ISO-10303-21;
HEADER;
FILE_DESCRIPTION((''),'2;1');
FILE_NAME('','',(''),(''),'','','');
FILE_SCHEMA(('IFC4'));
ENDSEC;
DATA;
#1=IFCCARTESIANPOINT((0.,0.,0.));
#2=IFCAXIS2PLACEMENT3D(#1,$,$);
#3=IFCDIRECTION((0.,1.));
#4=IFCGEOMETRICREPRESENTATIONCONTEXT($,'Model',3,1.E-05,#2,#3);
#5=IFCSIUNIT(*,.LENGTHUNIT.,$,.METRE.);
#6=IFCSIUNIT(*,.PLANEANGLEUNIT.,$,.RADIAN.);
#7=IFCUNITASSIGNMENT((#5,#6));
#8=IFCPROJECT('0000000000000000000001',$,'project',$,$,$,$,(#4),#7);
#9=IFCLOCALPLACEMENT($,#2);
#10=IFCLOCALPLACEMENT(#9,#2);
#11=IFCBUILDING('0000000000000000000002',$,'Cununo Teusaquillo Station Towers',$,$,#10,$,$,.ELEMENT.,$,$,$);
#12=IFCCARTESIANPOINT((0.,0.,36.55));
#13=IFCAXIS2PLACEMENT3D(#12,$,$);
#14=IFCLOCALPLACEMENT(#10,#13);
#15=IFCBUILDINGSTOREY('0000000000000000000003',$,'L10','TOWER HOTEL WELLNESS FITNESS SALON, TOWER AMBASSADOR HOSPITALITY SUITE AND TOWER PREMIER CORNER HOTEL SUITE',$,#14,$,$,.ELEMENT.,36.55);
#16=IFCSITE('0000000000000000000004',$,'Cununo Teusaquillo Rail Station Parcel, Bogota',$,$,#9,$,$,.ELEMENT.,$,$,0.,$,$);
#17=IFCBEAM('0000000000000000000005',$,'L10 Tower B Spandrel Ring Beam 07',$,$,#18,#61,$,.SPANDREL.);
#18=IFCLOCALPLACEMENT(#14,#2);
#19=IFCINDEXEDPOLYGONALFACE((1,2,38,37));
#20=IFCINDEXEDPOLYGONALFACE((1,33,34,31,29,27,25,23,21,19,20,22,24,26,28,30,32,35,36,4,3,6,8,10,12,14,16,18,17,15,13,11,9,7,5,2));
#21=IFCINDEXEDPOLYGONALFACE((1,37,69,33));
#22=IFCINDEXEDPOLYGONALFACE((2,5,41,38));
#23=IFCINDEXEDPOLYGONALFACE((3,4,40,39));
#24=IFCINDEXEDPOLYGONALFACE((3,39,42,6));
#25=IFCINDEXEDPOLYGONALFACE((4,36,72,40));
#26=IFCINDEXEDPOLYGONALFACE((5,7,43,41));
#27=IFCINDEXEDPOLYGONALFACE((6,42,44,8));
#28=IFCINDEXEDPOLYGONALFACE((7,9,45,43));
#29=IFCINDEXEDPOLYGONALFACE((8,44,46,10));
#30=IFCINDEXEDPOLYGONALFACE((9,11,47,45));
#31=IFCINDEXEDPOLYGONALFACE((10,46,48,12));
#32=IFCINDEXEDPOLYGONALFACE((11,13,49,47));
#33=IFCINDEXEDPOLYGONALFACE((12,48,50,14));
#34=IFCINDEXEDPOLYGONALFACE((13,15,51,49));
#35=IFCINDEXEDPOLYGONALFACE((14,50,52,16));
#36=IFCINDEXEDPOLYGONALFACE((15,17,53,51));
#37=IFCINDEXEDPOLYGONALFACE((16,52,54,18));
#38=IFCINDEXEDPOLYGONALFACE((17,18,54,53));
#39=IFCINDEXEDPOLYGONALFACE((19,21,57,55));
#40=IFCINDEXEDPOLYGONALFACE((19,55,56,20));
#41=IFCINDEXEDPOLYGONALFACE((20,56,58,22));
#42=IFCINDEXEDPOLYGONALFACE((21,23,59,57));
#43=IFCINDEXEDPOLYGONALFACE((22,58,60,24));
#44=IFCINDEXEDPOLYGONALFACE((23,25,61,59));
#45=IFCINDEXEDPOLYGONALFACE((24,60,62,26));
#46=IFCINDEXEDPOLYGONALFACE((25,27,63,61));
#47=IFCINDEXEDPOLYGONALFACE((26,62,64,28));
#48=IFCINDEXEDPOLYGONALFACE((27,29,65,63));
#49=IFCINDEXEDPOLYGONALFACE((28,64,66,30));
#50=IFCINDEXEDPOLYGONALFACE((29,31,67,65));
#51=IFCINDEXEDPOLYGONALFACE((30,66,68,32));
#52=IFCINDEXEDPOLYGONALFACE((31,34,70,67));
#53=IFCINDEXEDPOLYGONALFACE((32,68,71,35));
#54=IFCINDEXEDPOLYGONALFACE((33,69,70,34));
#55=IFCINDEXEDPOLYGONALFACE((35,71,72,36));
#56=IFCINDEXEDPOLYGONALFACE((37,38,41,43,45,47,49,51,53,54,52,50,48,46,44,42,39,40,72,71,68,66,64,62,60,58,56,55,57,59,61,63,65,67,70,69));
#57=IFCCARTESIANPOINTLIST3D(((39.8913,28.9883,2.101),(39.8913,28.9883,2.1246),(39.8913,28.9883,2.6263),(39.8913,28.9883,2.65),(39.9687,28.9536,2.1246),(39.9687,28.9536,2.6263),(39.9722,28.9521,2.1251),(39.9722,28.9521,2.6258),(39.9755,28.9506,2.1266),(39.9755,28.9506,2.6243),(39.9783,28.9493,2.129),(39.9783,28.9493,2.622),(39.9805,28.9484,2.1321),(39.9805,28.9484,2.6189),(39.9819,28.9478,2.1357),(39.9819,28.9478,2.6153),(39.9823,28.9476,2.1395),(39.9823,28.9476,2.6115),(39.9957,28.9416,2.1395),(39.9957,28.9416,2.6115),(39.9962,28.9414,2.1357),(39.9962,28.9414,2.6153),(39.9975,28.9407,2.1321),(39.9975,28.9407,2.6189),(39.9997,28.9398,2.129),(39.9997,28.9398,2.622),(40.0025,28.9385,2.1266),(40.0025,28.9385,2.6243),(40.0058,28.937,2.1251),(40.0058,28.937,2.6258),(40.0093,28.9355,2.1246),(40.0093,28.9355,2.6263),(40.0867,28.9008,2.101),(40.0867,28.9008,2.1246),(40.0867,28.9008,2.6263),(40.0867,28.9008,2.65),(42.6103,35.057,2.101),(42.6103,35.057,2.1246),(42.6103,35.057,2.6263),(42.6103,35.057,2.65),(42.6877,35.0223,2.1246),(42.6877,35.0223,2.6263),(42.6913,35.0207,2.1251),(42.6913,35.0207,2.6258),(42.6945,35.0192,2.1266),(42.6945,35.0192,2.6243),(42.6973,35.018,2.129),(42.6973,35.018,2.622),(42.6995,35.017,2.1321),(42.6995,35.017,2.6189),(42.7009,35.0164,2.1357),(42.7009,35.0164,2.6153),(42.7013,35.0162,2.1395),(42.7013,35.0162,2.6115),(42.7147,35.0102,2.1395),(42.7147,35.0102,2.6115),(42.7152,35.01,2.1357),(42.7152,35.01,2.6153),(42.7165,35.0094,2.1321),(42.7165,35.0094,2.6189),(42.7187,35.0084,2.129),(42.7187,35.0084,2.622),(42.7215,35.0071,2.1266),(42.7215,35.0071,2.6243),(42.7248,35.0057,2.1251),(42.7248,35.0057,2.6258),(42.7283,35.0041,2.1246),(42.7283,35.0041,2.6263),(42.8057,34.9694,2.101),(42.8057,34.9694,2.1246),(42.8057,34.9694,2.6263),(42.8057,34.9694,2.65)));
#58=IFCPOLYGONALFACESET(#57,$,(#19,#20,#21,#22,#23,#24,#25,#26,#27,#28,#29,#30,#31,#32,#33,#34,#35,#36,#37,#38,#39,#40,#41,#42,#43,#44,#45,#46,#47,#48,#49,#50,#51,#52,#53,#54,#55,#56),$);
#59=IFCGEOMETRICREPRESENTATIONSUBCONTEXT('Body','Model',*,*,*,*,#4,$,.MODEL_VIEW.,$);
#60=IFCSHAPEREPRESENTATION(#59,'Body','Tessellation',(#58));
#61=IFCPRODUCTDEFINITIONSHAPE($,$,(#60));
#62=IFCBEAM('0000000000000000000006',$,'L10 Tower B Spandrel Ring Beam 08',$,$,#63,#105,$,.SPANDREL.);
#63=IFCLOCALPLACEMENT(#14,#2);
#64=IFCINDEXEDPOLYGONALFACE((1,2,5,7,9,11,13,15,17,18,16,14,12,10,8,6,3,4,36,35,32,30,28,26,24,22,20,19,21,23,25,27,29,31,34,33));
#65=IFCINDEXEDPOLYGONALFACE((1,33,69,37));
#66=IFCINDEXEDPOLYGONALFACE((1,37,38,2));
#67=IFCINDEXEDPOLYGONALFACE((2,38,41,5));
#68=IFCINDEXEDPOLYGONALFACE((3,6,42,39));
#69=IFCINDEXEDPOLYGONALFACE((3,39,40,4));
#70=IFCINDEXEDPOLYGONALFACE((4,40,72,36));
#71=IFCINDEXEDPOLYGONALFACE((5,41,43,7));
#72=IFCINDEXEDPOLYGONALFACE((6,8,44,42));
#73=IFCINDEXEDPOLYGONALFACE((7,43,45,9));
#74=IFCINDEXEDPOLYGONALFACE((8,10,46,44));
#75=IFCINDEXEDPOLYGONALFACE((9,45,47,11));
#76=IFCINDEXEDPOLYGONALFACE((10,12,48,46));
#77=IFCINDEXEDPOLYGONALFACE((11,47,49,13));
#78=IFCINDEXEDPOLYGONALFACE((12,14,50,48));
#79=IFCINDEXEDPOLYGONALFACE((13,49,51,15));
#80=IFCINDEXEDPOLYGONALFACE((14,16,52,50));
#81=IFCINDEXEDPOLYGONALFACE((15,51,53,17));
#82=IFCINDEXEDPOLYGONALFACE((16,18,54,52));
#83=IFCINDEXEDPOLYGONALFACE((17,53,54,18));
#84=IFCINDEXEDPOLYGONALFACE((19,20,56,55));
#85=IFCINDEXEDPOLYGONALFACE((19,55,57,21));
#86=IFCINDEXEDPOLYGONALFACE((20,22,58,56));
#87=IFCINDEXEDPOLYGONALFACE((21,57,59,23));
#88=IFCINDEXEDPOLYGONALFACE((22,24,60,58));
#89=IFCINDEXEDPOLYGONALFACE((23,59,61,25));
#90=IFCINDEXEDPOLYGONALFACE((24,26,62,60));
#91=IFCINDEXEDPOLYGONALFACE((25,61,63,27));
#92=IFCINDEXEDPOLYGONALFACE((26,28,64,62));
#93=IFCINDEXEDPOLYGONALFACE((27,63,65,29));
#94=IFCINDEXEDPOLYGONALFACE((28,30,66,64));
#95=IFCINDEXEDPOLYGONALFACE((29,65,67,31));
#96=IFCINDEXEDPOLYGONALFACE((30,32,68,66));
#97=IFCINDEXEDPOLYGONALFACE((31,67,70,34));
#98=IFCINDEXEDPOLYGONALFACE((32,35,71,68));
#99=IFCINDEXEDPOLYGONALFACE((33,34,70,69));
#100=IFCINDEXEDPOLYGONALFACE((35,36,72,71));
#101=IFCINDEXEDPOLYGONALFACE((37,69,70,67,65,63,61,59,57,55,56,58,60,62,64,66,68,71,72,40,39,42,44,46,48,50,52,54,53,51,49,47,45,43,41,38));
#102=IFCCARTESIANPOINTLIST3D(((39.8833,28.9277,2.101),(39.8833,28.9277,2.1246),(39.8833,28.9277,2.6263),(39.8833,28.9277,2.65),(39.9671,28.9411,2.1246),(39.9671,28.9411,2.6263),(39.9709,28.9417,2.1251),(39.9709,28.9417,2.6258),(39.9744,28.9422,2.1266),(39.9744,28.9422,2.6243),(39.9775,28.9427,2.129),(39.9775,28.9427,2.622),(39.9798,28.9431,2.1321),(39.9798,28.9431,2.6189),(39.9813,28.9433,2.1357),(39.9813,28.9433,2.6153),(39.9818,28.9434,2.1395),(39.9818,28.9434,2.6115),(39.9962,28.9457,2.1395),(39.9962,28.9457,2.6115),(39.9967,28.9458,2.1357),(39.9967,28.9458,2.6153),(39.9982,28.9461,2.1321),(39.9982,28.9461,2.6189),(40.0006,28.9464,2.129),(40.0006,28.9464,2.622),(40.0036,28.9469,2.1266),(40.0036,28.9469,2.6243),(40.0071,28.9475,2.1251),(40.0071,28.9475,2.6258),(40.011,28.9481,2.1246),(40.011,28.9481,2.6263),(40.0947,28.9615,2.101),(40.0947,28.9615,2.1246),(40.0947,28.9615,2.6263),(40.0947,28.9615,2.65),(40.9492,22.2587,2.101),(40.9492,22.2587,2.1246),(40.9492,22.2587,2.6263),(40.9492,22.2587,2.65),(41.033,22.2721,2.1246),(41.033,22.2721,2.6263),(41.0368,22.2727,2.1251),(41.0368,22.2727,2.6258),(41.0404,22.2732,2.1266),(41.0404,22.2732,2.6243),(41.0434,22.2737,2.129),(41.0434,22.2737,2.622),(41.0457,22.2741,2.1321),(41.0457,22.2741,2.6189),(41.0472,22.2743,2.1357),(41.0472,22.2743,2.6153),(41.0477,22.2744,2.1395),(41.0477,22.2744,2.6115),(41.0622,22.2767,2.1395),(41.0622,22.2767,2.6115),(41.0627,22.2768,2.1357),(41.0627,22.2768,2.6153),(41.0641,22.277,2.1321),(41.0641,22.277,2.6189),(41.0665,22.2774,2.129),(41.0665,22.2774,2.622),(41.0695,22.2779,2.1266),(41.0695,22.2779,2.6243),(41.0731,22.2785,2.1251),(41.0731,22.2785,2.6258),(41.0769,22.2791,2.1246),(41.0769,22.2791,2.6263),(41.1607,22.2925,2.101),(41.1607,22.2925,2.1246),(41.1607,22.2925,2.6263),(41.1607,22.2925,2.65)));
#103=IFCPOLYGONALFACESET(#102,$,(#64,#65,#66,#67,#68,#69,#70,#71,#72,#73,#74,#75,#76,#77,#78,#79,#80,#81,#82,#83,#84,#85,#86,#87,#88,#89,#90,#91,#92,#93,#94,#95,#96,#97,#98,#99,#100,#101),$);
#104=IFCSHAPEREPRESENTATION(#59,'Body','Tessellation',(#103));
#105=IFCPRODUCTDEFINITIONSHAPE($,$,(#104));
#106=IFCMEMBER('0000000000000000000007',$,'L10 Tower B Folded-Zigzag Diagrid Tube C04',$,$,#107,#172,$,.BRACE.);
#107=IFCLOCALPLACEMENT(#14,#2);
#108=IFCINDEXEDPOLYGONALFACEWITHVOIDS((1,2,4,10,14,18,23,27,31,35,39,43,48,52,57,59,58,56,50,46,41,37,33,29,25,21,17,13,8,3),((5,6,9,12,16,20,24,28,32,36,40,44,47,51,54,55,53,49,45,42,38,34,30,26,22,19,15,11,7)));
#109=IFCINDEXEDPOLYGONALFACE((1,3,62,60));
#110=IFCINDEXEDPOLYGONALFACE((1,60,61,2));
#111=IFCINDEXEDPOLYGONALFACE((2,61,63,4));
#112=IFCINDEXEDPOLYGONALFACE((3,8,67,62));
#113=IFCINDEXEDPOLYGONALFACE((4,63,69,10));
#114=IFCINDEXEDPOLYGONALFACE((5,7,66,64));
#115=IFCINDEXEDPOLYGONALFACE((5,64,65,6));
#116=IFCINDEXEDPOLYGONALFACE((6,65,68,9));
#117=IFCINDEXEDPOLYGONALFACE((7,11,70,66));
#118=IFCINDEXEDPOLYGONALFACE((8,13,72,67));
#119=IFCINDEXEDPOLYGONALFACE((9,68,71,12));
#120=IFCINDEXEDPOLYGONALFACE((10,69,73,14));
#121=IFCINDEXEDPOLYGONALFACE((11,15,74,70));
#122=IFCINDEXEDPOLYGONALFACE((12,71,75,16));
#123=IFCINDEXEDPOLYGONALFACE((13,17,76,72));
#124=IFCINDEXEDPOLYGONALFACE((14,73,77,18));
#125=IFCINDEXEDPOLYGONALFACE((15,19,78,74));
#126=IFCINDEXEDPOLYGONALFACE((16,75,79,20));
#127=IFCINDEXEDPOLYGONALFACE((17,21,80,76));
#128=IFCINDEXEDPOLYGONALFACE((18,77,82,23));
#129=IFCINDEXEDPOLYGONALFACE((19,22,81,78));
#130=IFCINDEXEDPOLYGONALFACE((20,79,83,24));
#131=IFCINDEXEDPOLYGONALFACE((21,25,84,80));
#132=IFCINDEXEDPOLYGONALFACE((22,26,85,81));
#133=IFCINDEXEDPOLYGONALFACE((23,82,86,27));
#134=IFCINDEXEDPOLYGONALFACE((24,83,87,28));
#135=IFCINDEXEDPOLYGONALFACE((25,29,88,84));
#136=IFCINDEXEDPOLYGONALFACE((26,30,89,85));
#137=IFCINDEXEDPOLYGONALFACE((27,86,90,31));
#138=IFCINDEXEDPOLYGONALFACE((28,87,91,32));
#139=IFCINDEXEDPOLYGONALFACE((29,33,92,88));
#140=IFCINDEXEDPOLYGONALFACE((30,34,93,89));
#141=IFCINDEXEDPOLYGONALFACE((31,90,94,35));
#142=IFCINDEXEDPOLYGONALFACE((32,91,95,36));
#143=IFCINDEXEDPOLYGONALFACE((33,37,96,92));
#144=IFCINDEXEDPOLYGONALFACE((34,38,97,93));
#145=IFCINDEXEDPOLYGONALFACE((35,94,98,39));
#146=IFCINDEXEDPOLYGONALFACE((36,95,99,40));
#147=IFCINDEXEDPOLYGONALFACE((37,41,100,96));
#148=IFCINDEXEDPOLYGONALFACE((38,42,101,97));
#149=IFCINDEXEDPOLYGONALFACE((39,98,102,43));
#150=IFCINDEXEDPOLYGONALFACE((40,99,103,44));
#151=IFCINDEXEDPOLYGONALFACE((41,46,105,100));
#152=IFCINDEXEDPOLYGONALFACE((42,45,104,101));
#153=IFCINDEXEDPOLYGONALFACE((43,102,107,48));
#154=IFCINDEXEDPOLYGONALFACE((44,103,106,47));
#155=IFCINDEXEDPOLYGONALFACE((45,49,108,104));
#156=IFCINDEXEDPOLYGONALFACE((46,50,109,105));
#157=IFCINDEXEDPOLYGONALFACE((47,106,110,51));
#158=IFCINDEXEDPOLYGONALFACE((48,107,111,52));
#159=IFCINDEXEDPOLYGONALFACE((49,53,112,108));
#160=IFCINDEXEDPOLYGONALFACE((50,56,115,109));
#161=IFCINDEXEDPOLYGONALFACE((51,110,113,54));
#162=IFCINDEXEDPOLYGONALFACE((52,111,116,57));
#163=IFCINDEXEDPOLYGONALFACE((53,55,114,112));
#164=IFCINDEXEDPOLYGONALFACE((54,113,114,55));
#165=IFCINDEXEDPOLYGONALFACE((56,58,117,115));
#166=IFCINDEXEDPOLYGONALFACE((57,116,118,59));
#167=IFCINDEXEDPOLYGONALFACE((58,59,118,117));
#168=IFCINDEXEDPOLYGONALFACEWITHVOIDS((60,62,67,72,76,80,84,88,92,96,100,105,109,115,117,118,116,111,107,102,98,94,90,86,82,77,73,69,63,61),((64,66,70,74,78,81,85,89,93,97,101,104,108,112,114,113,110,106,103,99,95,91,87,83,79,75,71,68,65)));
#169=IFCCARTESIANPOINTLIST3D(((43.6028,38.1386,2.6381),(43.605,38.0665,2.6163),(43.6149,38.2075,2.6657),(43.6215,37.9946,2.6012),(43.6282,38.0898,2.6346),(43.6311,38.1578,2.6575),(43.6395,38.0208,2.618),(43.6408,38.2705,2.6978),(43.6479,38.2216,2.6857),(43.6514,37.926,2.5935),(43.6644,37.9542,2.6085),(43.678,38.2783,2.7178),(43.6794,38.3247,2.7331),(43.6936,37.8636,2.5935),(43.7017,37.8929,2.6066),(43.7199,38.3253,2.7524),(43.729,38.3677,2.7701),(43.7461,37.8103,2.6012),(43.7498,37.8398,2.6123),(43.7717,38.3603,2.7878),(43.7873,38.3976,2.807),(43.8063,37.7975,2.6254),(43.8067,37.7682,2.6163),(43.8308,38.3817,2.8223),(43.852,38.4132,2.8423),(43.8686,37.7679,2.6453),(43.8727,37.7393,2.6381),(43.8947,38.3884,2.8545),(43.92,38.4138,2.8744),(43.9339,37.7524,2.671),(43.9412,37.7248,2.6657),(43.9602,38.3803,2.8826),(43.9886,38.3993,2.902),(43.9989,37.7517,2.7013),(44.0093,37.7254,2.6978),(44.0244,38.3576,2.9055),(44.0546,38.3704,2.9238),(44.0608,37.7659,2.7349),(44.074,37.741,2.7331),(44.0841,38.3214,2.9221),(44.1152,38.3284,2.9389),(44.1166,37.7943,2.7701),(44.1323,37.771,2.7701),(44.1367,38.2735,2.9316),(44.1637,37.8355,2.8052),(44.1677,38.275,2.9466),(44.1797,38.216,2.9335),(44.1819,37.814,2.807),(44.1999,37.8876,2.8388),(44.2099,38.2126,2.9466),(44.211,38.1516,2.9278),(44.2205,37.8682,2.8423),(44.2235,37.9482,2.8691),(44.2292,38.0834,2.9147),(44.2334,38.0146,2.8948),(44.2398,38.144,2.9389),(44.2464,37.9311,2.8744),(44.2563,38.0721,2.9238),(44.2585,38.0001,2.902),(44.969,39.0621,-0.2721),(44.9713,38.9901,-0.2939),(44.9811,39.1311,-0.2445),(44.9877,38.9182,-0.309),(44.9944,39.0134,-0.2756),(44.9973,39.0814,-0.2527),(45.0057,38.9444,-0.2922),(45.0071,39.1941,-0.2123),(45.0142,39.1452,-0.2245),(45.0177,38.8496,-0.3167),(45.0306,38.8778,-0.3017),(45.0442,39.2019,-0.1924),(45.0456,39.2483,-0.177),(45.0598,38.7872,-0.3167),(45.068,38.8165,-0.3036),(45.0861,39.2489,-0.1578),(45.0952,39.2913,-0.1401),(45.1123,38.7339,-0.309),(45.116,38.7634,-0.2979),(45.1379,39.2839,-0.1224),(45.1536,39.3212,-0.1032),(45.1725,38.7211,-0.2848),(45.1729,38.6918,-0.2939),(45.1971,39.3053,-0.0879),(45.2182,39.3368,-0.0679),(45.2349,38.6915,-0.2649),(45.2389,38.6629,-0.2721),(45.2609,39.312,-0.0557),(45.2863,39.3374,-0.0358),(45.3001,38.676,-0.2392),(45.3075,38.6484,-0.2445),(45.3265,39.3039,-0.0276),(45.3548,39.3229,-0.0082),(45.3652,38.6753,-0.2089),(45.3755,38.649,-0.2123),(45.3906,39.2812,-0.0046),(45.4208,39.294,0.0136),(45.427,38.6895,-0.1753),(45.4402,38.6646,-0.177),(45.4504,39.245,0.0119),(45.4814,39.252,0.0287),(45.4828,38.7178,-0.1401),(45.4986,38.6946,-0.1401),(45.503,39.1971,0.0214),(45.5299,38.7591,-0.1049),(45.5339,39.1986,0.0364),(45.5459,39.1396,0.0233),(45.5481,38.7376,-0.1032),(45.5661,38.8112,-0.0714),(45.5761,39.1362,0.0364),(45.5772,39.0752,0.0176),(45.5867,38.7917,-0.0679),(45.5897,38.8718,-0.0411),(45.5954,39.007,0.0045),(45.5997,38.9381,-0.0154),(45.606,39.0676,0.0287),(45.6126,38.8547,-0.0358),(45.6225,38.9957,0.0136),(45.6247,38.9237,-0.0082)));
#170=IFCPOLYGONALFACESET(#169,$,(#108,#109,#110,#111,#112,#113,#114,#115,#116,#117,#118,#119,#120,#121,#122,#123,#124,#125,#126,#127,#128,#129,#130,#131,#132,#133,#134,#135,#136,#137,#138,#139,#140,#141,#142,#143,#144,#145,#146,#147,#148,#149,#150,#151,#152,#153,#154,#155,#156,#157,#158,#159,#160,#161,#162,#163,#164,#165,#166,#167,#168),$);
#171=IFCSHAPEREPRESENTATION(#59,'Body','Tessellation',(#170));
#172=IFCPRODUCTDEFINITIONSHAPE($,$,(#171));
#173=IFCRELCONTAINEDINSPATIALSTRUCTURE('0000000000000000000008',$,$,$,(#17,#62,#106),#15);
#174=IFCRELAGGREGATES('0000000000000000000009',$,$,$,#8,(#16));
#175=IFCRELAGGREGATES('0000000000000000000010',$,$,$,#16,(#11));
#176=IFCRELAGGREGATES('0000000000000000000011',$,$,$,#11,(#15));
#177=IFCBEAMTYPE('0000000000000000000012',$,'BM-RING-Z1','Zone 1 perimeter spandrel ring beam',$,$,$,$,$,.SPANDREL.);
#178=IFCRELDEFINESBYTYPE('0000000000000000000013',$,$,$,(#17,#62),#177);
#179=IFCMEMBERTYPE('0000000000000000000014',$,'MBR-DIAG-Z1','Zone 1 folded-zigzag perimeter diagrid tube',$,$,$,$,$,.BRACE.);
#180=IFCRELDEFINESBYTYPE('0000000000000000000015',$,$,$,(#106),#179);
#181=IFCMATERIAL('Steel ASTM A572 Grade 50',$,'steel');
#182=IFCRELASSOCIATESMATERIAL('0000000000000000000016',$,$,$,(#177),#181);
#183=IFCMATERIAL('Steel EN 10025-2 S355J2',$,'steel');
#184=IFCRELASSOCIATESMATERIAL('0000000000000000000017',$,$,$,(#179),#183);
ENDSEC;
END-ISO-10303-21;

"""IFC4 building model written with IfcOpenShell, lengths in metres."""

from ifc_helpers import new_model, si_unit, direction, frame, origin, origin_2d, place, context, subcontext, project, spatial, hollow_circle, i_section, extrude, material, material_profile, profile_set, type_object, element, save


model = new_model("IFC4")

# Units and contexts
model_context = context("Model", 3, precision=1e-05, world=origin(), true_north=direction((0.0, 1.0)))
body_context = subcontext(model_context, "Body", "Model", "MODEL_VIEW")
ifc_project = project(units=[si_unit("LENGTHUNIT", "METRE"), si_unit("PLANEANGLEUNIT", "RADIAN")], contexts=[model_context])

# Site, building, storey
site_placement = place(None, origin())
site = spatial("IfcSite", under=ifc_project, at=site_placement, Name="Cununo Teusaquillo Rail Station Parcel, Bogota", CompositionType="ELEMENT", RefElevation=0.0)
building_placement = place(site_placement, origin())
building = spatial("IfcBuilding", under=site, at=building_placement, Name="Cununo Teusaquillo Station Towers", CompositionType="ELEMENT")
storey_placement = place(building_placement, frame((0.0, 0.0, 36.55)))
storey = spatial("IfcBuildingStorey", under=building, at=storey_placement, Name="L10", Description="TOWER HOTEL WELLNESS FITNESS SALON, TOWER AMBASSADOR HOSPITALITY SUITE AND TOWER PREMIER CORNER HOTEL SUITE", CompositionType="ELEMENT", Elevation=36.55)

# Beams
ifc_material_1 = material(Name="Steel ASTM A572 Grade 50", Category="steel")
ifc_material_profile_1 = material_profile(ifc_material_1, i_section(OverallWidth=0.2141, OverallDepth=0.5491, WebThickness=0.0146, FlangeThickness=0.0237, FilletRadius=0.0149, at=origin_2d()), Name="W21X93")
ifc_profile_set_1 = profile_set([ifc_material_profile_1], Name="Steel ASTM A572 Grade 50")
beam_type_1 = type_object("IfcBeamType", Name="BM-RING-Z1", Description="Zone 1 perimeter spandrel ring beam", PredefinedType="SPANDREL", material=ifc_profile_set_1)
beam_1_placement = place(storey_placement, frame((42.708, 35.0132, 2.3755), z_axis=(-0.408879, -0.912589, 0.0), x_axis=(0.912589, -0.408879, 0.0)))
element("IfcBeam", 1, at=beam_1_placement, inside=storey, type_object=beam_type_1, Name="L10 Tower B Spandrel Ring Beam 07", PredefinedType="SPANDREL", context=body_context, shape_type="SweptSolid", body=[
    extrude(i_section(OverallWidth=0.2141, OverallDepth=0.5491, WebThickness=0.0146, FlangeThickness=0.0237, FilletRadius=0.0149, at=origin_2d()), origin(), (0.0, 0.0, 1.0), 6.6499),
])
beam_2_placement = place(storey_placement, frame((39.989, 28.9446, 2.3755), z_axis=(0.15783, -0.987466, 0.0), x_axis=(0.987466, 0.15783, 0.0)))
element("IfcBeam", 2, at=beam_2_placement, inside=storey, type_object=beam_type_1, Name="L10 Tower B Spandrel Ring Beam 08", PredefinedType="SPANDREL", context=body_context, shape_type="SweptSolid", body=[
    extrude(i_section(OverallWidth=0.2141, OverallDepth=0.5491, WebThickness=0.0146, FlangeThickness=0.0237, FilletRadius=0.0149, at=origin_2d()), origin(), (0.0, 0.0, 1.0), 6.7537),
])

# Member
ifc_material_2 = material(Name="Steel EN 10025-2 S355J2", Category="steel")
ifc_material_profile_2 = material_profile(ifc_material_2, hollow_circle(Radius=0.3601, WallThickness=0.0281, at=origin_2d()), Name="CHS 720x28")
ifc_profile_set_2 = profile_set([ifc_material_profile_2], Name="Steel EN 10025-2 S355J2")
member_type = type_object("IfcMemberType", Name="MBR-DIAG-Z1", Description="Zone 1 folded-zigzag perimeter diagrid tube", PredefinedType="BRACE", material=ifc_profile_set_2)
member_1_placement = place(storey_placement, frame((45.2969, 38.9929, -0.1401), z_axis=(-0.408442, -0.276115, 0.87002), x_axis=(0.560052, -0.828457, 0.0)))
element("IfcMember", 3, at=member_1_placement, inside=storey, type_object=member_type, Name="L10 Tower B Folded-Zigzag Diagrid Tube C04", PredefinedType="BRACE", context=body_context, shape_type="SweptSolid", body=[
    extrude(hollow_circle(Radius=0.3601, WallThickness=0.0281, at=origin_2d()), origin(), (0.0, 0.0, 1.0), 3.345),
])

save(model, "model.ifc")
